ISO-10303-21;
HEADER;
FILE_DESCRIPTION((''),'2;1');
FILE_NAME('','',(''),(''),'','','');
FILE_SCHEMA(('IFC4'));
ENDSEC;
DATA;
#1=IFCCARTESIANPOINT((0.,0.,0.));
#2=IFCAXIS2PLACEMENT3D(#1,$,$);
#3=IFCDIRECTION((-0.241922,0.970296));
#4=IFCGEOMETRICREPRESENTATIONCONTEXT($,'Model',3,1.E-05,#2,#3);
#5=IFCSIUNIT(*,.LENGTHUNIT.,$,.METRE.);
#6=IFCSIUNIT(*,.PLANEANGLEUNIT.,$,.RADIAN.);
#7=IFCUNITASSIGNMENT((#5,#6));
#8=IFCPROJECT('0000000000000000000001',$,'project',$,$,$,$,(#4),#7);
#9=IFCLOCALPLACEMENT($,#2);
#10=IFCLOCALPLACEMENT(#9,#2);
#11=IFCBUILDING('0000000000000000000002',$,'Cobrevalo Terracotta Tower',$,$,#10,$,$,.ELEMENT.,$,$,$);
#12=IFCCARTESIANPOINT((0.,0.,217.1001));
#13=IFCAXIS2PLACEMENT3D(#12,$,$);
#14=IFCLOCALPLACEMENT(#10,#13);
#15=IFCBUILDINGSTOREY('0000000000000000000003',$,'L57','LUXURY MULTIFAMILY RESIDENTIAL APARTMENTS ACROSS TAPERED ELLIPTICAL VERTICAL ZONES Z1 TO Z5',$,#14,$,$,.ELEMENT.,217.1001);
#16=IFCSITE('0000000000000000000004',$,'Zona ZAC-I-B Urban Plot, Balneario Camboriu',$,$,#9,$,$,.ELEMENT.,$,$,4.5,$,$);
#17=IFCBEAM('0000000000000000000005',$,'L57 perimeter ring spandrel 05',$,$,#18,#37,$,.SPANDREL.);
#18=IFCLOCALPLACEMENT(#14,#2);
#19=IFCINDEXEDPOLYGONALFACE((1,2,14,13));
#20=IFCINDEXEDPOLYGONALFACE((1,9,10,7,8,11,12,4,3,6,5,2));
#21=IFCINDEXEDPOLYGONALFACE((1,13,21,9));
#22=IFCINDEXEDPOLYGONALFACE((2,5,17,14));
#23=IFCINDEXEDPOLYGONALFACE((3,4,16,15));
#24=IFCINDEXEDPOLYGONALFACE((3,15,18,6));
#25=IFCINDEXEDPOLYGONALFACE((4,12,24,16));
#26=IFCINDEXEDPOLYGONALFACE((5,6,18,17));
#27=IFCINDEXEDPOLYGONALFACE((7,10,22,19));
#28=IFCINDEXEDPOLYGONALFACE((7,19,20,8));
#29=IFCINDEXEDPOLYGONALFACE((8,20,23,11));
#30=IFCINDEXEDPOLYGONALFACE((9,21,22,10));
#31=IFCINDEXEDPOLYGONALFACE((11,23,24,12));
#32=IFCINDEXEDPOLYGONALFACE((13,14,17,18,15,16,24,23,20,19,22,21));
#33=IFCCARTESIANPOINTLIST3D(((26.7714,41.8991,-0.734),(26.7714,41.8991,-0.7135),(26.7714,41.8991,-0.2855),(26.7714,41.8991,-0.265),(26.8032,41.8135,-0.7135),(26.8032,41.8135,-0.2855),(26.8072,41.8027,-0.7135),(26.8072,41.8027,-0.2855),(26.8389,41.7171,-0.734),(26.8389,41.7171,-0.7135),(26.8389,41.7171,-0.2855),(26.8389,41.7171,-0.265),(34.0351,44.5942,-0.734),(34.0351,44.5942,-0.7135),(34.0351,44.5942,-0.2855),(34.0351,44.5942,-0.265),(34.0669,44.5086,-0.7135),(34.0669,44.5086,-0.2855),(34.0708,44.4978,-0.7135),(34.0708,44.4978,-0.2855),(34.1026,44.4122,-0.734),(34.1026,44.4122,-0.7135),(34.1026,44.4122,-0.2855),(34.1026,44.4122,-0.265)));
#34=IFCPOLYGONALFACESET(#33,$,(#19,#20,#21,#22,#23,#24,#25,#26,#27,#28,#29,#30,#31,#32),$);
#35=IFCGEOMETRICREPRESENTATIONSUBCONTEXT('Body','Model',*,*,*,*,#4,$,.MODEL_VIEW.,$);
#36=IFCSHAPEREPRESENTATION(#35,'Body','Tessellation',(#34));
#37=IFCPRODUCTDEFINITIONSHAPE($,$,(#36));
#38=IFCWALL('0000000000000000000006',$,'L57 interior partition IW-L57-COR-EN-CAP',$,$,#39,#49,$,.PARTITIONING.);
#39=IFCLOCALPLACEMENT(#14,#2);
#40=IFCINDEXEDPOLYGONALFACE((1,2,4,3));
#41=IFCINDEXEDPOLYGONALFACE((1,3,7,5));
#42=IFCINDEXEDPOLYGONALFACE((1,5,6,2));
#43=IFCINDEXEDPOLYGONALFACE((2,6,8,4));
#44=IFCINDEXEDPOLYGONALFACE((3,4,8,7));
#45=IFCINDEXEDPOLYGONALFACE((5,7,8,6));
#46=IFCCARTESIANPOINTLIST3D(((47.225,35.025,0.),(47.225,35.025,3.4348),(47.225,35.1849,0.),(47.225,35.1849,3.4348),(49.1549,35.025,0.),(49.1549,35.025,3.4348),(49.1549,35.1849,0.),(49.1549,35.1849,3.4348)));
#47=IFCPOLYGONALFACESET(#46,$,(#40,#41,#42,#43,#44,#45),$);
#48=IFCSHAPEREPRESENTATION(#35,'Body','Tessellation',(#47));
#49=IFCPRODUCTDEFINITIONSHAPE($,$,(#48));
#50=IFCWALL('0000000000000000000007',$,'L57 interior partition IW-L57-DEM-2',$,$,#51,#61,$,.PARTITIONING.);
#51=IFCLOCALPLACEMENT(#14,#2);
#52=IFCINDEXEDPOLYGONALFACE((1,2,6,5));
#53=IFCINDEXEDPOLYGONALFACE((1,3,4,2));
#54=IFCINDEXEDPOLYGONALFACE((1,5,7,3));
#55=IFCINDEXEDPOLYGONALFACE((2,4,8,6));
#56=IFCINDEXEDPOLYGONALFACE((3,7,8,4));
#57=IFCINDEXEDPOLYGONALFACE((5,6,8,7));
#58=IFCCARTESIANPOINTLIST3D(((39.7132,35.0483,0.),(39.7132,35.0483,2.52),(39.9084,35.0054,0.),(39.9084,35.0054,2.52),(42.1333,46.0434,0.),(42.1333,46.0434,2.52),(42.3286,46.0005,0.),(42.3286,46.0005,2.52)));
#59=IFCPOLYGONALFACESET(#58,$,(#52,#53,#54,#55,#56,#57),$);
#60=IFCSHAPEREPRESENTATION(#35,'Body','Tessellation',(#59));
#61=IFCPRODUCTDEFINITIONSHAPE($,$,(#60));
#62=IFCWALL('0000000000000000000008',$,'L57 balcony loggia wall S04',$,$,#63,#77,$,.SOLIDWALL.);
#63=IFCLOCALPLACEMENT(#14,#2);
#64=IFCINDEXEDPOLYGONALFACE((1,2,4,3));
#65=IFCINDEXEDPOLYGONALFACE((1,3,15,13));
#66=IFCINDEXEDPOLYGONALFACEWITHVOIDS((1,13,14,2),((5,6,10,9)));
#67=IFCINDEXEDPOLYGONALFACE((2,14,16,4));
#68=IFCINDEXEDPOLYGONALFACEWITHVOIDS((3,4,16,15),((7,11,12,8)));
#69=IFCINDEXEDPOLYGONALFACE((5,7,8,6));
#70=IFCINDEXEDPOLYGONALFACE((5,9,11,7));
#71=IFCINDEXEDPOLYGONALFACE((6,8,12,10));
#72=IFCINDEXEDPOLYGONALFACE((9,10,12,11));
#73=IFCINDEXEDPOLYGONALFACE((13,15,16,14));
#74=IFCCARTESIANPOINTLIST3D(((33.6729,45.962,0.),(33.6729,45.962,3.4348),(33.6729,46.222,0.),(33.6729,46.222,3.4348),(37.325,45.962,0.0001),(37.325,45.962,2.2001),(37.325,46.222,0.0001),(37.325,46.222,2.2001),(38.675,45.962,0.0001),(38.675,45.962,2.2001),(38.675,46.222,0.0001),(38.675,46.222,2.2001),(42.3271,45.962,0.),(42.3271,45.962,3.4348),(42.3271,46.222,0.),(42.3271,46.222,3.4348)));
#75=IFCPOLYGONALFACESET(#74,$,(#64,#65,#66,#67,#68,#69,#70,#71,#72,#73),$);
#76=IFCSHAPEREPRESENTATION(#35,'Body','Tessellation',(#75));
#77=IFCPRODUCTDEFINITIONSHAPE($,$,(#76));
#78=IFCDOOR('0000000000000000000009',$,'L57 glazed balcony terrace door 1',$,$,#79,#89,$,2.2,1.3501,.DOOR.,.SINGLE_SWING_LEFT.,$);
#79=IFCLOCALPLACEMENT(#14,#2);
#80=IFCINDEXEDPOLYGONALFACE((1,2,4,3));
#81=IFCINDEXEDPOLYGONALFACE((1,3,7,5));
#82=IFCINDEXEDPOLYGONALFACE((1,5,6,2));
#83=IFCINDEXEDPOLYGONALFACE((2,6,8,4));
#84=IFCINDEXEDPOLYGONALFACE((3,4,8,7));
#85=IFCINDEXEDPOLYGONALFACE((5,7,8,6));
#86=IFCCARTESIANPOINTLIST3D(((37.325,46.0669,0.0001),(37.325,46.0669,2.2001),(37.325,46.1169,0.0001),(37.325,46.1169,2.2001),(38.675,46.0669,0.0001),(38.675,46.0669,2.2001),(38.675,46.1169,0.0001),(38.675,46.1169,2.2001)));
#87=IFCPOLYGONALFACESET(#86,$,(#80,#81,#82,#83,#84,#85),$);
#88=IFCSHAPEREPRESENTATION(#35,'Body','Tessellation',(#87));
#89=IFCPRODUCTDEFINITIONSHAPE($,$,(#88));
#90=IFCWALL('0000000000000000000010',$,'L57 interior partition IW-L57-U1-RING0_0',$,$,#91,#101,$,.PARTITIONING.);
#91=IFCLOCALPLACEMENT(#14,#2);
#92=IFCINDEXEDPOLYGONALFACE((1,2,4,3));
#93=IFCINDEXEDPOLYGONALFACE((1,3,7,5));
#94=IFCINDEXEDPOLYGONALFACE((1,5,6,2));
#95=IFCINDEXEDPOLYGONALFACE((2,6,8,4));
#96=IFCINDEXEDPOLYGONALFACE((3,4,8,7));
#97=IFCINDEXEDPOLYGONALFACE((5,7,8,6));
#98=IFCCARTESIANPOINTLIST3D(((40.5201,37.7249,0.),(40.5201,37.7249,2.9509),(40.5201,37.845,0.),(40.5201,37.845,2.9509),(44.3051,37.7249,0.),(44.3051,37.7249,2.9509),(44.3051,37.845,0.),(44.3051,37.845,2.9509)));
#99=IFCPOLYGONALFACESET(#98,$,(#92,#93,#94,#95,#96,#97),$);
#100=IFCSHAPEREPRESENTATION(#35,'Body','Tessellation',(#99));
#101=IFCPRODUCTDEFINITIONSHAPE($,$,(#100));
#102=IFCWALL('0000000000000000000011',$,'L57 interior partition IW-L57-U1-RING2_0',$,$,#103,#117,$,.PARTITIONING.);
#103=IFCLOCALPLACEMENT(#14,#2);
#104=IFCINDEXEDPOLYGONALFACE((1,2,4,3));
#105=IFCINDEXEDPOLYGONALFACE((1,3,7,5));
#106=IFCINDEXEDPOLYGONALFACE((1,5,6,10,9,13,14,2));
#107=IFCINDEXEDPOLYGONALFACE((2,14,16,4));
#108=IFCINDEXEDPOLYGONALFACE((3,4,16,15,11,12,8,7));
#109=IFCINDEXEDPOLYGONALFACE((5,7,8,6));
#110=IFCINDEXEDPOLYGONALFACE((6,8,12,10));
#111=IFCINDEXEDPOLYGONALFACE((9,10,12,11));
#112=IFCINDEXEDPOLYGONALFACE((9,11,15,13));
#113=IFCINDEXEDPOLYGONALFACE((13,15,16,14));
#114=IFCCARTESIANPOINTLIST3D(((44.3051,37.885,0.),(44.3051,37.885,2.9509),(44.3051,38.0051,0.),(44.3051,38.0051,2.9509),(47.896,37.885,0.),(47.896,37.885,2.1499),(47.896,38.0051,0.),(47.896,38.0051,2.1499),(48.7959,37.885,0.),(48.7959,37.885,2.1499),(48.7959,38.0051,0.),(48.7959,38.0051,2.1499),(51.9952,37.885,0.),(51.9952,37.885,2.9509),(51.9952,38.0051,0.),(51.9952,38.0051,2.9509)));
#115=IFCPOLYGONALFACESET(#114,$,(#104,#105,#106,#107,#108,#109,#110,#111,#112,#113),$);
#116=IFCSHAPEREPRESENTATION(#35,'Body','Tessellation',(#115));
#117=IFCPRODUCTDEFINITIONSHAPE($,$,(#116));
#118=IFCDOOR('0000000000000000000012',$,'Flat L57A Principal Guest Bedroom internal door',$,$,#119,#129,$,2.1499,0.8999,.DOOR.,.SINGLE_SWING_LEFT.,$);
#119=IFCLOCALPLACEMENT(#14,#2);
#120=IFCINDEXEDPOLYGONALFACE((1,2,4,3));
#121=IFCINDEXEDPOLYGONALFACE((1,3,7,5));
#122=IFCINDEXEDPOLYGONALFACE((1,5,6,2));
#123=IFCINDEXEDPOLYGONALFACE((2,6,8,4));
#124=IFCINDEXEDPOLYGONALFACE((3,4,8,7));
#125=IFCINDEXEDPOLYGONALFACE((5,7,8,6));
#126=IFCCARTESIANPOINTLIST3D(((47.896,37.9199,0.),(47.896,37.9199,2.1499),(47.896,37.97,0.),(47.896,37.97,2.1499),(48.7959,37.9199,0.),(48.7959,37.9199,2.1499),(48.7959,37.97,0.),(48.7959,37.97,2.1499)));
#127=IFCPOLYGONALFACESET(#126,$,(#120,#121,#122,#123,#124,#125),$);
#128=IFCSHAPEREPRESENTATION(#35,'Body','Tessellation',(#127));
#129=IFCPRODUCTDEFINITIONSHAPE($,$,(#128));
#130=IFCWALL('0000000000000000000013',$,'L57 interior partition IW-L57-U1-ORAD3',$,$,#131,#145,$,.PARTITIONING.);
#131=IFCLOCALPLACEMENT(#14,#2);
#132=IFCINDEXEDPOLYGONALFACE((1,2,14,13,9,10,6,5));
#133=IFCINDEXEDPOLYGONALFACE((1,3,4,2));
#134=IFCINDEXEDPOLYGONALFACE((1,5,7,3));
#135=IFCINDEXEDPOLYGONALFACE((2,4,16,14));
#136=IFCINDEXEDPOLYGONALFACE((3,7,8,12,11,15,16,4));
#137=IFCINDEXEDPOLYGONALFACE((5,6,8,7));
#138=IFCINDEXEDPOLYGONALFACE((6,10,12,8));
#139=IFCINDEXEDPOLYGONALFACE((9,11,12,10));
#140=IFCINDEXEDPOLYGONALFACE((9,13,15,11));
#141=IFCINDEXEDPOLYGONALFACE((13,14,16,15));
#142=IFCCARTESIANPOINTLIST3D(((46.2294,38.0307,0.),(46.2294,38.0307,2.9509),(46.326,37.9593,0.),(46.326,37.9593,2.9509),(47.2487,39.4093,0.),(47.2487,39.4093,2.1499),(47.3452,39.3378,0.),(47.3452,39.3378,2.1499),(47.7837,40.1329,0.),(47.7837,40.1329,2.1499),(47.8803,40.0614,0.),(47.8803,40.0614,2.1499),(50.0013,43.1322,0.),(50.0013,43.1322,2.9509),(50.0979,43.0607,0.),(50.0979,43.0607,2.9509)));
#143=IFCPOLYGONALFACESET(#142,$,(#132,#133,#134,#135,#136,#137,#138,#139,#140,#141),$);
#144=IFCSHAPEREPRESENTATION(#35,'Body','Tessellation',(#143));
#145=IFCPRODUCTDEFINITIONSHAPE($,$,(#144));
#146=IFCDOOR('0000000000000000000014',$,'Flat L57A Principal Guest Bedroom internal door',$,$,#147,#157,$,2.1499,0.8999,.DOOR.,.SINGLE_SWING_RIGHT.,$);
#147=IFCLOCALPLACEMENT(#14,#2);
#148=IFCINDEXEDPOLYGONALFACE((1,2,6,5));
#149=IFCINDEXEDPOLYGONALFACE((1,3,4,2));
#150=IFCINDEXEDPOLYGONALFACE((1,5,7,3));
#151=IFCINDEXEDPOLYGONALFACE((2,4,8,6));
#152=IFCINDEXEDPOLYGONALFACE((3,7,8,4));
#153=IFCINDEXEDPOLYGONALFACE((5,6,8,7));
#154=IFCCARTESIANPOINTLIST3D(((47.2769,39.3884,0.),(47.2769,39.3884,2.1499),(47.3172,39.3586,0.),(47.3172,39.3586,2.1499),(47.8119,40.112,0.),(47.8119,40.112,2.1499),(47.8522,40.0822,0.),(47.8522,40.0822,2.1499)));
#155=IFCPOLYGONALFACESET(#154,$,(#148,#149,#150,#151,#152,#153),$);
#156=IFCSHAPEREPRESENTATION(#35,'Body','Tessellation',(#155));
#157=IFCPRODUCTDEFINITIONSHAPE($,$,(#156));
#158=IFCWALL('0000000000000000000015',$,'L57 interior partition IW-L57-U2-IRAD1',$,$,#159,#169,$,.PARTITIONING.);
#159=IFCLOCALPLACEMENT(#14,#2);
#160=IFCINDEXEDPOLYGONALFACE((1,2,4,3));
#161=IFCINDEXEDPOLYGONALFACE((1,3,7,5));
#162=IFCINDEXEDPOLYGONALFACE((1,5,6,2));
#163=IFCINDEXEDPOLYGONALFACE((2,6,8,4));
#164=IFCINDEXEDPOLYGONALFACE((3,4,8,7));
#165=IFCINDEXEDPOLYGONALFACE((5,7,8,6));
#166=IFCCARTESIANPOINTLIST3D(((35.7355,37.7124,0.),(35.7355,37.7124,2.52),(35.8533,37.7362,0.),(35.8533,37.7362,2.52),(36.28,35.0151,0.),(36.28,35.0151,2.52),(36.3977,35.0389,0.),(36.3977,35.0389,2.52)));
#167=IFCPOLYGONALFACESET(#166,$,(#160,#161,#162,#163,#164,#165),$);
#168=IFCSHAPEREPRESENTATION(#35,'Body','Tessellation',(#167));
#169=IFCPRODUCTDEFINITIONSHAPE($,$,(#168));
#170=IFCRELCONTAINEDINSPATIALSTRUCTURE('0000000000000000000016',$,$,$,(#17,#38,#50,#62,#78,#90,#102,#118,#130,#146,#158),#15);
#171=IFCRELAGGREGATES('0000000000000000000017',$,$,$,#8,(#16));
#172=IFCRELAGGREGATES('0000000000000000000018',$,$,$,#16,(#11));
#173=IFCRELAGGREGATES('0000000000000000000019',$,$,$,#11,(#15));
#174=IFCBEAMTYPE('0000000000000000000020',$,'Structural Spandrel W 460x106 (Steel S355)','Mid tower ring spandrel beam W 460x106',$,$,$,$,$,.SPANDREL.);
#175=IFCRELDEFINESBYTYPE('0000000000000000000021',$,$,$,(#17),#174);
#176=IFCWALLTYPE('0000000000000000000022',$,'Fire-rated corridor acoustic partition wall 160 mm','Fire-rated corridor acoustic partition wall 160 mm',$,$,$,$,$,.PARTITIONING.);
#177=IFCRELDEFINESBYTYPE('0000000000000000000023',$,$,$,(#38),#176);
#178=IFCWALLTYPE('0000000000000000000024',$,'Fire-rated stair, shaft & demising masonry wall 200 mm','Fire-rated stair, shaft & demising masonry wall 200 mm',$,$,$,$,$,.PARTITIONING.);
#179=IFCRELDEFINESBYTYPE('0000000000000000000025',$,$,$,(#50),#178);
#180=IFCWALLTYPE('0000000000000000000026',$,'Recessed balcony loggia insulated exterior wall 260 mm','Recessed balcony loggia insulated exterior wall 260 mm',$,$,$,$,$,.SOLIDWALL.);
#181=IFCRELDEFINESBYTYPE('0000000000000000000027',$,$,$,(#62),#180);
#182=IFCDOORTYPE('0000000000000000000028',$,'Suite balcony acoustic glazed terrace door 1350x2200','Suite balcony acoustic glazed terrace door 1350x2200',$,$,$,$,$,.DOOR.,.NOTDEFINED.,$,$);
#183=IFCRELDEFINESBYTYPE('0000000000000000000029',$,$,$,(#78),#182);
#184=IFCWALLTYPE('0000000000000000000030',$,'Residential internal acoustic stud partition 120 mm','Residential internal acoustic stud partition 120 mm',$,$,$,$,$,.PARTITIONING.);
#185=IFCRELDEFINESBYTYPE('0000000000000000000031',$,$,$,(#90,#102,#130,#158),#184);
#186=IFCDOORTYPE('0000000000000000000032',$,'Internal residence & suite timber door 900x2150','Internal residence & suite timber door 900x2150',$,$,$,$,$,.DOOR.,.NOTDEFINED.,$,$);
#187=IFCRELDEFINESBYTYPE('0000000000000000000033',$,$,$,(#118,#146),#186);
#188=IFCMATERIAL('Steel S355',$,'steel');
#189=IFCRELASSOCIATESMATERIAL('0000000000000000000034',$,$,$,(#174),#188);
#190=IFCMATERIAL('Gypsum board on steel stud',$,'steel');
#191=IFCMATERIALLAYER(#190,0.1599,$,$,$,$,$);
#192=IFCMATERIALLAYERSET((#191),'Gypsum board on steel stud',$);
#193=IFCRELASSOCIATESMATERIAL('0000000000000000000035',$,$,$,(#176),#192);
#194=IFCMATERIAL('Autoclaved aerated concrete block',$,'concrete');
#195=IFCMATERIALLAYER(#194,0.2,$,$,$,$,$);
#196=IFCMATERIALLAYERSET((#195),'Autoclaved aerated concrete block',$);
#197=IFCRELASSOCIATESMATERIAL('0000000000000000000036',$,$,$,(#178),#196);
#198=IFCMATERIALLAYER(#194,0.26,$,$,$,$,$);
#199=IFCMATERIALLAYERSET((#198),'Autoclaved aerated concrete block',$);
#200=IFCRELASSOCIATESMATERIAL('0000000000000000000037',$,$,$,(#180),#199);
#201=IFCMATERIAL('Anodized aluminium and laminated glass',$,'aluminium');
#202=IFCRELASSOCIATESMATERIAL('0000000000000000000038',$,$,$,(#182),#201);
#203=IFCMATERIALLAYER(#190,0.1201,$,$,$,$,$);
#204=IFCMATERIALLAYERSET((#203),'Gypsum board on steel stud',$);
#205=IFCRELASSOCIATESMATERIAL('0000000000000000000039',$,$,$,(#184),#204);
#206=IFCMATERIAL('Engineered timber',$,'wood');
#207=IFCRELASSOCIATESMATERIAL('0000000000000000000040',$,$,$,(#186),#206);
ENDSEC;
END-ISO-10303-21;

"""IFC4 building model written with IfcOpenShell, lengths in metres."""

from ifc_helpers import new_model, si_unit, direction, frame, frame_2d, origin, origin_2d, place, context, subcontext, project, spatial, rectangle, i_section, extrude, source, transform, mapped, material, layer, layer_set, material_profile, profile_set, type_object, element, fill, save


model = new_model("IFC4")

# Units and contexts
model_context = context("Model", 3, precision=1e-05, world=origin(), true_north=direction((-0.241922, 0.970296)))
body_context = subcontext(model_context, "Body", "Model", "MODEL_VIEW")
ifc_project = project(units=[si_unit("LENGTHUNIT", "METRE"), si_unit("PLANEANGLEUNIT", "RADIAN")], contexts=[model_context])

# Site, building, storey
site_placement = place(None, origin())
site = spatial("IfcSite", under=ifc_project, at=site_placement, Name="Zona ZAC-I-B Urban Plot, Balneario Camboriu", CompositionType="ELEMENT", RefElevation=4.5)
building_placement = place(site_placement, origin())
building = spatial("IfcBuilding", under=site, at=building_placement, Name="Cobrevalo Terracotta Tower", CompositionType="ELEMENT")
storey_placement = place(building_placement, frame((0.0, 0.0, 217.1001)))
storey = spatial("IfcBuildingStorey", under=building, at=storey_placement, Name="L57", Description="LUXURY MULTIFAMILY RESIDENTIAL APARTMENTS ACROSS TAPERED ELLIPTICAL VERTICAL ZONES Z1 TO Z5", CompositionType="ELEMENT", Elevation=217.1001)

# Shared definitions
ifc_material_1 = material(Name="Steel S355", Category="steel")

# Beam
ifc_material_profile_1 = material_profile(ifc_material_1, i_section(OverallWidth=0.1941, OverallDepth=0.469, WebThickness=0.0115, FlangeThickness=0.0205, at=origin_2d()), Name="W 460x106")
ifc_profile_set_1 = profile_set([ifc_material_profile_1], Name="Steel S355")
beam_type_1 = type_object("IfcBeamType", Name="Structural Spandrel W 460x106 (Steel S355)", Description="Mid tower ring spandrel beam W 460x106", PredefinedType="SPANDREL", material=ifc_profile_set_1)
beam_1_placement = place(storey_placement, frame((34.0688, 44.5032, -0.4995), z_axis=(-0.937546, -0.347861, 0.0), x_axis=(0.347861, -0.937546, 0.0)))
element("IfcBeam", 1, at=beam_1_placement, inside=storey, type_object=beam_type_1, Name="L57 perimeter ring spandrel 05", PredefinedType="SPANDREL", context=body_context, shape_type="SweptSolid", body=[
    extrude(i_section(OverallWidth=0.1941, OverallDepth=0.469, WebThickness=0.0115, FlangeThickness=0.0205, at=origin_2d()), origin(), (0.0, 0.0, 1.0), 7.7476),
])

# Walls
ifc_material_2 = material(Name="Gypsum board on steel stud", Category="steel")
ifc_layer_1 = layer(ifc_material_2, 0.1599)
ifc_layer_set_1 = layer_set([ifc_layer_1], Name="Gypsum board on steel stud")
wall_type_1 = type_object("IfcWallType", Name="Fire-rated corridor acoustic partition wall 160 mm", Description="Fire-rated corridor acoustic partition wall 160 mm", PredefinedType="PARTITIONING", material=ifc_layer_set_1)
wall_1_placement = place(storey_placement, frame((47.2251, 35.105, 0.0), z_axis=(0.0, 0.0, 1.0), x_axis=(1.0, 0.0, 0.0)))
element("IfcWall", 2, at=wall_1_placement, inside=storey, type_object=wall_type_1, Name="L57 interior partition IW-L57-COR-EN-CAP", PredefinedType="PARTITIONING", context=body_context, shape_type="SweptSolid", body=[
    extrude(rectangle(XDim=1.9299, YDim=0.1599, at=frame_2d((0.9648, 0.0))), origin(), (0.0, 0.0, 1.0), 3.4348),
])
ifc_material_3 = material(Name="Autoclaved aerated concrete block", Category="concrete")
ifc_layer_2 = layer(ifc_material_3, 0.2)
ifc_layer_set_2 = layer_set([ifc_layer_2], Name="Autoclaved aerated concrete block")
wall_type_2 = type_object("IfcWallType", Name="Fire-rated stair, shaft & demising masonry wall 200 mm", Description="Fire-rated stair, shaft & demising masonry wall 200 mm", PredefinedType="PARTITIONING", material=ifc_layer_set_2)
wall_2_placement = place(storey_placement, frame((39.8108, 35.0269, 0.0), z_axis=(0.0, 0.0, 1.0), x_axis=(0.214967, 0.976621, 0.0)))
element("IfcWall", 3, at=wall_2_placement, inside=storey, type_object=wall_type_2, Name="L57 interior partition IW-L57-DEM-2", PredefinedType="PARTITIONING", context=body_context, shape_type="SweptSolid", body=[
    extrude(rectangle(XDim=11.2583, YDim=0.2, at=frame_2d((5.6292, 0.0))), origin(), (0.0, 0.0, 1.0), 2.52),
])

# Wall, opening, door
ifc_layer_3 = layer(ifc_material_3, 0.26)
ifc_layer_set_3 = layer_set([ifc_layer_3], Name="Autoclaved aerated concrete block")
wall_type_3 = type_object("IfcWallType", Name="Recessed balcony loggia insulated exterior wall 260 mm", Description="Recessed balcony loggia insulated exterior wall 260 mm", PredefinedType="SOLIDWALL", material=ifc_layer_set_3)
wall_3_placement = place(storey_placement, frame((42.3271, 46.092, 0.0), z_axis=(0.0, 0.0, 1.0), x_axis=(-1.0, 0.0, 0.0)))
wall_3 = element("IfcWall", 4, at=wall_3_placement, inside=storey, type_object=wall_type_3, Name="L57 balcony loggia wall S04", PredefinedType="SOLIDWALL", context=body_context, shape_type="SweptSolid", body=[
    extrude(rectangle(XDim=8.6543, YDim=0.26, at=frame_2d((4.3271, 0.0))), origin(), (0.0, 0.0, 1.0), 3.4348),
])
opening_1_placement = place(wall_3_placement, frame((3.6521, 0.0, 0.0)))
opening_1 = element("IfcOpeningElement", 5, at=opening_1_placement, cuts=wall_3, PredefinedType="OPENING", context=body_context, shape_type="SweptSolid", body=[
    extrude(rectangle(XDim=1.3501, YDim=2.2, at=frame_2d((0.675, 1.1001))), frame((0.0, 0.1401, 0.0), z_axis=(0.0, -1.0, 0.0), x_axis=(1.0, 0.0, 0.0)), (0.0, 0.0, 1.0), 0.28),
])
ifc_material_4 = material(Name="Anodized aluminium and laminated glass", Category="aluminium")
door_type_1 = type_object("IfcDoorType", Name="Suite balcony acoustic glazed terrace door 1350x2200", Description="Suite balcony acoustic glazed terrace door 1350x2200", OperationType="NOTDEFINED", PredefinedType="DOOR", material=ifc_material_4)
shared_shape_1 = source(origin(), body_context, "Body", "SweptSolid", [
    extrude(rectangle(XDim=1.3501, YDim=2.2, at=frame_2d((0.675, 1.1001))), frame((0.0, 0.0249, 0.0), z_axis=(0.0, -1.0, 0.0), x_axis=(1.0, 0.0, 0.0)), (0.0, 0.0, 1.0), 0.05),
])
door_1_placement = place(opening_1_placement, frame((1.3501, 0.0, 0.0), z_axis=(0.0, 0.0, 1.0), x_axis=(-1.0, 0.0, 0.0)))
door_1 = element("IfcDoor", 6, at=door_1_placement, inside=storey, type_object=door_type_1, Name="L57 glazed balcony terrace door 1", OperationType="SINGLE_SWING_LEFT", OverallHeight=2.2, OverallWidth=1.3501, PredefinedType="DOOR", context=body_context, shape_type="MappedRepresentation", body=[
    mapped(shared_shape_1, transform((0.0, 0.0, 0.0), scale=1.0)),
])
fill(opening_1, door_1)

# Wall
ifc_layer_4 = layer(ifc_material_2, 0.1201)
ifc_layer_set_4 = layer_set([ifc_layer_4], Name="Gypsum board on steel stud")
wall_type_4 = type_object("IfcWallType", Name="Residential internal acoustic stud partition 120 mm", Description="Residential internal acoustic stud partition 120 mm", PredefinedType="PARTITIONING", material=ifc_layer_set_4)
wall_4_placement = place(storey_placement, frame((40.52, 37.7849, 0.0), z_axis=(0.0, 0.0, 1.0), x_axis=(1.0, 0.0, 0.0)))
element("IfcWall", 7, at=wall_4_placement, inside=storey, type_object=wall_type_4, Name="L57 interior partition IW-L57-U1-RING0_0", PredefinedType="PARTITIONING", context=body_context, shape_type="SweptSolid", body=[
    extrude(rectangle(XDim=3.7849, YDim=0.1201, at=frame_2d((1.8926, 0.0))), origin(), (0.0, 0.0, 1.0), 2.9509),
])

# Walls, openings, doors
wall_5_placement = place(storey_placement, frame((44.3049, 37.9451, 0.0), z_axis=(0.0, 0.0, 1.0), x_axis=(1.0, 0.0, 0.0)))
wall_5 = element("IfcWall", 8, at=wall_5_placement, inside=storey, type_object=wall_type_4, Name="L57 interior partition IW-L57-U1-RING2_0", PredefinedType="PARTITIONING", context=body_context, shape_type="SweptSolid", body=[
    extrude(rectangle(XDim=7.6902, YDim=0.1201, at=frame_2d((3.8452, 0.0))), origin(), (0.0, 0.0, 1.0), 2.9509),
])
opening_2_placement = place(wall_5_placement, frame((3.5911, 0.0, 0.0)))
opening_2 = element("IfcOpeningElement", 9, at=opening_2_placement, cuts=wall_5, PredefinedType="OPENING", context=body_context, shape_type="SweptSolid", body=[
    extrude(rectangle(XDim=0.8999, YDim=2.1499, at=frame_2d((0.45, 1.075))), frame((0.0, 0.0701, 0.0), z_axis=(0.0, -1.0, 0.0), x_axis=(1.0, 0.0, 0.0)), (0.0, 0.0, 1.0), 0.1401),
])
ifc_material_5 = material(Name="Engineered timber", Category="wood")
door_type_2 = type_object("IfcDoorType", Name="Internal residence & suite timber door 900x2150", Description="Internal residence & suite timber door 900x2150", OperationType="NOTDEFINED", PredefinedType="DOOR", material=ifc_material_5)
shared_shape_2 = source(origin(), body_context, "Body", "SweptSolid", [
    extrude(rectangle(XDim=0.8999, YDim=2.1499, at=frame_2d((0.45, 1.075))), frame((0.0, 0.0249, 0.0), z_axis=(0.0, -1.0, 0.0), x_axis=(1.0, 0.0, 0.0)), (0.0, 0.0, 1.0), 0.05),
])
door_2_placement = place(opening_2_placement, origin())
door_2 = element("IfcDoor", 10, at=door_2_placement, inside=storey, type_object=door_type_2, Name="Flat L57A Principal Guest Bedroom internal door", OperationType="SINGLE_SWING_LEFT", OverallHeight=2.1499, OverallWidth=0.8999, PredefinedType="DOOR", context=body_context, shape_type="MappedRepresentation", body=[
    mapped(shared_shape_2, transform((0.0, 0.0, 0.0), scale=1.0)),
])
fill(opening_2, door_2)
wall_6_placement = place(storey_placement, frame((46.2776, 37.9949, 0.0), z_axis=(0.0, 0.0, 1.0), x_axis=(0.594519, 0.804082, 0.0)))
wall_6 = element("IfcWall", 11, at=wall_6_placement, inside=storey, type_object=wall_type_4, Name="L57 interior partition IW-L57-U1-ORAD3", PredefinedType="PARTITIONING", context=body_context, shape_type="SweptSolid", body=[
    extrude(rectangle(XDim=6.3445, YDim=0.1201, at=frame_2d((3.1724, 0.0))), origin(), (0.0, 0.0, 1.0), 2.9509),
])
opening_3_placement = place(wall_6_placement, frame((1.7146, 0.0, 0.0)))
opening_3 = element("IfcOpeningElement", 12, at=opening_3_placement, cuts=wall_6, PredefinedType="OPENING", context=body_context, shape_type="SweptSolid", body=[
    extrude(rectangle(XDim=0.8999, YDim=2.1499, at=frame_2d((0.45, 1.075))), frame((0.0, 0.0701, 0.0), z_axis=(0.0, -1.0, 0.0), x_axis=(1.0, 0.0, 0.0)), (0.0, 0.0, 1.0), 0.1401),
])
door_3_placement = place(opening_3_placement, origin())
door_3 = element("IfcDoor", 13, at=door_3_placement, inside=storey, type_object=door_type_2, Name="Flat L57A Principal Guest Bedroom internal door", OperationType="SINGLE_SWING_RIGHT", OverallHeight=2.1499, OverallWidth=0.8999, PredefinedType="DOOR", context=body_context, shape_type="MappedRepresentation", body=[
    mapped(shared_shape_2, transform((0.0, 0.0, 0.0), scale=1.0)),
])
fill(opening_3, door_3)

# Wall
wall_7_placement = place(storey_placement, frame((36.3389, 35.0269, 0.0), z_axis=(0.0, 0.0, 1.0), x_axis=(-0.197856, 0.980231, 0.0)))
element("IfcWall", 14, at=wall_7_placement, inside=storey, type_object=wall_type_4, Name="L57 interior partition IW-L57-U2-IRAD1", PredefinedType="PARTITIONING", context=body_context, shape_type="SweptSolid", body=[
    extrude(rectangle(XDim=2.7517, YDim=0.1201, at=frame_2d((1.376, 0.0))), origin(), (0.0, 0.0, 1.0), 2.52),
])

save(model, "model.ifc")
